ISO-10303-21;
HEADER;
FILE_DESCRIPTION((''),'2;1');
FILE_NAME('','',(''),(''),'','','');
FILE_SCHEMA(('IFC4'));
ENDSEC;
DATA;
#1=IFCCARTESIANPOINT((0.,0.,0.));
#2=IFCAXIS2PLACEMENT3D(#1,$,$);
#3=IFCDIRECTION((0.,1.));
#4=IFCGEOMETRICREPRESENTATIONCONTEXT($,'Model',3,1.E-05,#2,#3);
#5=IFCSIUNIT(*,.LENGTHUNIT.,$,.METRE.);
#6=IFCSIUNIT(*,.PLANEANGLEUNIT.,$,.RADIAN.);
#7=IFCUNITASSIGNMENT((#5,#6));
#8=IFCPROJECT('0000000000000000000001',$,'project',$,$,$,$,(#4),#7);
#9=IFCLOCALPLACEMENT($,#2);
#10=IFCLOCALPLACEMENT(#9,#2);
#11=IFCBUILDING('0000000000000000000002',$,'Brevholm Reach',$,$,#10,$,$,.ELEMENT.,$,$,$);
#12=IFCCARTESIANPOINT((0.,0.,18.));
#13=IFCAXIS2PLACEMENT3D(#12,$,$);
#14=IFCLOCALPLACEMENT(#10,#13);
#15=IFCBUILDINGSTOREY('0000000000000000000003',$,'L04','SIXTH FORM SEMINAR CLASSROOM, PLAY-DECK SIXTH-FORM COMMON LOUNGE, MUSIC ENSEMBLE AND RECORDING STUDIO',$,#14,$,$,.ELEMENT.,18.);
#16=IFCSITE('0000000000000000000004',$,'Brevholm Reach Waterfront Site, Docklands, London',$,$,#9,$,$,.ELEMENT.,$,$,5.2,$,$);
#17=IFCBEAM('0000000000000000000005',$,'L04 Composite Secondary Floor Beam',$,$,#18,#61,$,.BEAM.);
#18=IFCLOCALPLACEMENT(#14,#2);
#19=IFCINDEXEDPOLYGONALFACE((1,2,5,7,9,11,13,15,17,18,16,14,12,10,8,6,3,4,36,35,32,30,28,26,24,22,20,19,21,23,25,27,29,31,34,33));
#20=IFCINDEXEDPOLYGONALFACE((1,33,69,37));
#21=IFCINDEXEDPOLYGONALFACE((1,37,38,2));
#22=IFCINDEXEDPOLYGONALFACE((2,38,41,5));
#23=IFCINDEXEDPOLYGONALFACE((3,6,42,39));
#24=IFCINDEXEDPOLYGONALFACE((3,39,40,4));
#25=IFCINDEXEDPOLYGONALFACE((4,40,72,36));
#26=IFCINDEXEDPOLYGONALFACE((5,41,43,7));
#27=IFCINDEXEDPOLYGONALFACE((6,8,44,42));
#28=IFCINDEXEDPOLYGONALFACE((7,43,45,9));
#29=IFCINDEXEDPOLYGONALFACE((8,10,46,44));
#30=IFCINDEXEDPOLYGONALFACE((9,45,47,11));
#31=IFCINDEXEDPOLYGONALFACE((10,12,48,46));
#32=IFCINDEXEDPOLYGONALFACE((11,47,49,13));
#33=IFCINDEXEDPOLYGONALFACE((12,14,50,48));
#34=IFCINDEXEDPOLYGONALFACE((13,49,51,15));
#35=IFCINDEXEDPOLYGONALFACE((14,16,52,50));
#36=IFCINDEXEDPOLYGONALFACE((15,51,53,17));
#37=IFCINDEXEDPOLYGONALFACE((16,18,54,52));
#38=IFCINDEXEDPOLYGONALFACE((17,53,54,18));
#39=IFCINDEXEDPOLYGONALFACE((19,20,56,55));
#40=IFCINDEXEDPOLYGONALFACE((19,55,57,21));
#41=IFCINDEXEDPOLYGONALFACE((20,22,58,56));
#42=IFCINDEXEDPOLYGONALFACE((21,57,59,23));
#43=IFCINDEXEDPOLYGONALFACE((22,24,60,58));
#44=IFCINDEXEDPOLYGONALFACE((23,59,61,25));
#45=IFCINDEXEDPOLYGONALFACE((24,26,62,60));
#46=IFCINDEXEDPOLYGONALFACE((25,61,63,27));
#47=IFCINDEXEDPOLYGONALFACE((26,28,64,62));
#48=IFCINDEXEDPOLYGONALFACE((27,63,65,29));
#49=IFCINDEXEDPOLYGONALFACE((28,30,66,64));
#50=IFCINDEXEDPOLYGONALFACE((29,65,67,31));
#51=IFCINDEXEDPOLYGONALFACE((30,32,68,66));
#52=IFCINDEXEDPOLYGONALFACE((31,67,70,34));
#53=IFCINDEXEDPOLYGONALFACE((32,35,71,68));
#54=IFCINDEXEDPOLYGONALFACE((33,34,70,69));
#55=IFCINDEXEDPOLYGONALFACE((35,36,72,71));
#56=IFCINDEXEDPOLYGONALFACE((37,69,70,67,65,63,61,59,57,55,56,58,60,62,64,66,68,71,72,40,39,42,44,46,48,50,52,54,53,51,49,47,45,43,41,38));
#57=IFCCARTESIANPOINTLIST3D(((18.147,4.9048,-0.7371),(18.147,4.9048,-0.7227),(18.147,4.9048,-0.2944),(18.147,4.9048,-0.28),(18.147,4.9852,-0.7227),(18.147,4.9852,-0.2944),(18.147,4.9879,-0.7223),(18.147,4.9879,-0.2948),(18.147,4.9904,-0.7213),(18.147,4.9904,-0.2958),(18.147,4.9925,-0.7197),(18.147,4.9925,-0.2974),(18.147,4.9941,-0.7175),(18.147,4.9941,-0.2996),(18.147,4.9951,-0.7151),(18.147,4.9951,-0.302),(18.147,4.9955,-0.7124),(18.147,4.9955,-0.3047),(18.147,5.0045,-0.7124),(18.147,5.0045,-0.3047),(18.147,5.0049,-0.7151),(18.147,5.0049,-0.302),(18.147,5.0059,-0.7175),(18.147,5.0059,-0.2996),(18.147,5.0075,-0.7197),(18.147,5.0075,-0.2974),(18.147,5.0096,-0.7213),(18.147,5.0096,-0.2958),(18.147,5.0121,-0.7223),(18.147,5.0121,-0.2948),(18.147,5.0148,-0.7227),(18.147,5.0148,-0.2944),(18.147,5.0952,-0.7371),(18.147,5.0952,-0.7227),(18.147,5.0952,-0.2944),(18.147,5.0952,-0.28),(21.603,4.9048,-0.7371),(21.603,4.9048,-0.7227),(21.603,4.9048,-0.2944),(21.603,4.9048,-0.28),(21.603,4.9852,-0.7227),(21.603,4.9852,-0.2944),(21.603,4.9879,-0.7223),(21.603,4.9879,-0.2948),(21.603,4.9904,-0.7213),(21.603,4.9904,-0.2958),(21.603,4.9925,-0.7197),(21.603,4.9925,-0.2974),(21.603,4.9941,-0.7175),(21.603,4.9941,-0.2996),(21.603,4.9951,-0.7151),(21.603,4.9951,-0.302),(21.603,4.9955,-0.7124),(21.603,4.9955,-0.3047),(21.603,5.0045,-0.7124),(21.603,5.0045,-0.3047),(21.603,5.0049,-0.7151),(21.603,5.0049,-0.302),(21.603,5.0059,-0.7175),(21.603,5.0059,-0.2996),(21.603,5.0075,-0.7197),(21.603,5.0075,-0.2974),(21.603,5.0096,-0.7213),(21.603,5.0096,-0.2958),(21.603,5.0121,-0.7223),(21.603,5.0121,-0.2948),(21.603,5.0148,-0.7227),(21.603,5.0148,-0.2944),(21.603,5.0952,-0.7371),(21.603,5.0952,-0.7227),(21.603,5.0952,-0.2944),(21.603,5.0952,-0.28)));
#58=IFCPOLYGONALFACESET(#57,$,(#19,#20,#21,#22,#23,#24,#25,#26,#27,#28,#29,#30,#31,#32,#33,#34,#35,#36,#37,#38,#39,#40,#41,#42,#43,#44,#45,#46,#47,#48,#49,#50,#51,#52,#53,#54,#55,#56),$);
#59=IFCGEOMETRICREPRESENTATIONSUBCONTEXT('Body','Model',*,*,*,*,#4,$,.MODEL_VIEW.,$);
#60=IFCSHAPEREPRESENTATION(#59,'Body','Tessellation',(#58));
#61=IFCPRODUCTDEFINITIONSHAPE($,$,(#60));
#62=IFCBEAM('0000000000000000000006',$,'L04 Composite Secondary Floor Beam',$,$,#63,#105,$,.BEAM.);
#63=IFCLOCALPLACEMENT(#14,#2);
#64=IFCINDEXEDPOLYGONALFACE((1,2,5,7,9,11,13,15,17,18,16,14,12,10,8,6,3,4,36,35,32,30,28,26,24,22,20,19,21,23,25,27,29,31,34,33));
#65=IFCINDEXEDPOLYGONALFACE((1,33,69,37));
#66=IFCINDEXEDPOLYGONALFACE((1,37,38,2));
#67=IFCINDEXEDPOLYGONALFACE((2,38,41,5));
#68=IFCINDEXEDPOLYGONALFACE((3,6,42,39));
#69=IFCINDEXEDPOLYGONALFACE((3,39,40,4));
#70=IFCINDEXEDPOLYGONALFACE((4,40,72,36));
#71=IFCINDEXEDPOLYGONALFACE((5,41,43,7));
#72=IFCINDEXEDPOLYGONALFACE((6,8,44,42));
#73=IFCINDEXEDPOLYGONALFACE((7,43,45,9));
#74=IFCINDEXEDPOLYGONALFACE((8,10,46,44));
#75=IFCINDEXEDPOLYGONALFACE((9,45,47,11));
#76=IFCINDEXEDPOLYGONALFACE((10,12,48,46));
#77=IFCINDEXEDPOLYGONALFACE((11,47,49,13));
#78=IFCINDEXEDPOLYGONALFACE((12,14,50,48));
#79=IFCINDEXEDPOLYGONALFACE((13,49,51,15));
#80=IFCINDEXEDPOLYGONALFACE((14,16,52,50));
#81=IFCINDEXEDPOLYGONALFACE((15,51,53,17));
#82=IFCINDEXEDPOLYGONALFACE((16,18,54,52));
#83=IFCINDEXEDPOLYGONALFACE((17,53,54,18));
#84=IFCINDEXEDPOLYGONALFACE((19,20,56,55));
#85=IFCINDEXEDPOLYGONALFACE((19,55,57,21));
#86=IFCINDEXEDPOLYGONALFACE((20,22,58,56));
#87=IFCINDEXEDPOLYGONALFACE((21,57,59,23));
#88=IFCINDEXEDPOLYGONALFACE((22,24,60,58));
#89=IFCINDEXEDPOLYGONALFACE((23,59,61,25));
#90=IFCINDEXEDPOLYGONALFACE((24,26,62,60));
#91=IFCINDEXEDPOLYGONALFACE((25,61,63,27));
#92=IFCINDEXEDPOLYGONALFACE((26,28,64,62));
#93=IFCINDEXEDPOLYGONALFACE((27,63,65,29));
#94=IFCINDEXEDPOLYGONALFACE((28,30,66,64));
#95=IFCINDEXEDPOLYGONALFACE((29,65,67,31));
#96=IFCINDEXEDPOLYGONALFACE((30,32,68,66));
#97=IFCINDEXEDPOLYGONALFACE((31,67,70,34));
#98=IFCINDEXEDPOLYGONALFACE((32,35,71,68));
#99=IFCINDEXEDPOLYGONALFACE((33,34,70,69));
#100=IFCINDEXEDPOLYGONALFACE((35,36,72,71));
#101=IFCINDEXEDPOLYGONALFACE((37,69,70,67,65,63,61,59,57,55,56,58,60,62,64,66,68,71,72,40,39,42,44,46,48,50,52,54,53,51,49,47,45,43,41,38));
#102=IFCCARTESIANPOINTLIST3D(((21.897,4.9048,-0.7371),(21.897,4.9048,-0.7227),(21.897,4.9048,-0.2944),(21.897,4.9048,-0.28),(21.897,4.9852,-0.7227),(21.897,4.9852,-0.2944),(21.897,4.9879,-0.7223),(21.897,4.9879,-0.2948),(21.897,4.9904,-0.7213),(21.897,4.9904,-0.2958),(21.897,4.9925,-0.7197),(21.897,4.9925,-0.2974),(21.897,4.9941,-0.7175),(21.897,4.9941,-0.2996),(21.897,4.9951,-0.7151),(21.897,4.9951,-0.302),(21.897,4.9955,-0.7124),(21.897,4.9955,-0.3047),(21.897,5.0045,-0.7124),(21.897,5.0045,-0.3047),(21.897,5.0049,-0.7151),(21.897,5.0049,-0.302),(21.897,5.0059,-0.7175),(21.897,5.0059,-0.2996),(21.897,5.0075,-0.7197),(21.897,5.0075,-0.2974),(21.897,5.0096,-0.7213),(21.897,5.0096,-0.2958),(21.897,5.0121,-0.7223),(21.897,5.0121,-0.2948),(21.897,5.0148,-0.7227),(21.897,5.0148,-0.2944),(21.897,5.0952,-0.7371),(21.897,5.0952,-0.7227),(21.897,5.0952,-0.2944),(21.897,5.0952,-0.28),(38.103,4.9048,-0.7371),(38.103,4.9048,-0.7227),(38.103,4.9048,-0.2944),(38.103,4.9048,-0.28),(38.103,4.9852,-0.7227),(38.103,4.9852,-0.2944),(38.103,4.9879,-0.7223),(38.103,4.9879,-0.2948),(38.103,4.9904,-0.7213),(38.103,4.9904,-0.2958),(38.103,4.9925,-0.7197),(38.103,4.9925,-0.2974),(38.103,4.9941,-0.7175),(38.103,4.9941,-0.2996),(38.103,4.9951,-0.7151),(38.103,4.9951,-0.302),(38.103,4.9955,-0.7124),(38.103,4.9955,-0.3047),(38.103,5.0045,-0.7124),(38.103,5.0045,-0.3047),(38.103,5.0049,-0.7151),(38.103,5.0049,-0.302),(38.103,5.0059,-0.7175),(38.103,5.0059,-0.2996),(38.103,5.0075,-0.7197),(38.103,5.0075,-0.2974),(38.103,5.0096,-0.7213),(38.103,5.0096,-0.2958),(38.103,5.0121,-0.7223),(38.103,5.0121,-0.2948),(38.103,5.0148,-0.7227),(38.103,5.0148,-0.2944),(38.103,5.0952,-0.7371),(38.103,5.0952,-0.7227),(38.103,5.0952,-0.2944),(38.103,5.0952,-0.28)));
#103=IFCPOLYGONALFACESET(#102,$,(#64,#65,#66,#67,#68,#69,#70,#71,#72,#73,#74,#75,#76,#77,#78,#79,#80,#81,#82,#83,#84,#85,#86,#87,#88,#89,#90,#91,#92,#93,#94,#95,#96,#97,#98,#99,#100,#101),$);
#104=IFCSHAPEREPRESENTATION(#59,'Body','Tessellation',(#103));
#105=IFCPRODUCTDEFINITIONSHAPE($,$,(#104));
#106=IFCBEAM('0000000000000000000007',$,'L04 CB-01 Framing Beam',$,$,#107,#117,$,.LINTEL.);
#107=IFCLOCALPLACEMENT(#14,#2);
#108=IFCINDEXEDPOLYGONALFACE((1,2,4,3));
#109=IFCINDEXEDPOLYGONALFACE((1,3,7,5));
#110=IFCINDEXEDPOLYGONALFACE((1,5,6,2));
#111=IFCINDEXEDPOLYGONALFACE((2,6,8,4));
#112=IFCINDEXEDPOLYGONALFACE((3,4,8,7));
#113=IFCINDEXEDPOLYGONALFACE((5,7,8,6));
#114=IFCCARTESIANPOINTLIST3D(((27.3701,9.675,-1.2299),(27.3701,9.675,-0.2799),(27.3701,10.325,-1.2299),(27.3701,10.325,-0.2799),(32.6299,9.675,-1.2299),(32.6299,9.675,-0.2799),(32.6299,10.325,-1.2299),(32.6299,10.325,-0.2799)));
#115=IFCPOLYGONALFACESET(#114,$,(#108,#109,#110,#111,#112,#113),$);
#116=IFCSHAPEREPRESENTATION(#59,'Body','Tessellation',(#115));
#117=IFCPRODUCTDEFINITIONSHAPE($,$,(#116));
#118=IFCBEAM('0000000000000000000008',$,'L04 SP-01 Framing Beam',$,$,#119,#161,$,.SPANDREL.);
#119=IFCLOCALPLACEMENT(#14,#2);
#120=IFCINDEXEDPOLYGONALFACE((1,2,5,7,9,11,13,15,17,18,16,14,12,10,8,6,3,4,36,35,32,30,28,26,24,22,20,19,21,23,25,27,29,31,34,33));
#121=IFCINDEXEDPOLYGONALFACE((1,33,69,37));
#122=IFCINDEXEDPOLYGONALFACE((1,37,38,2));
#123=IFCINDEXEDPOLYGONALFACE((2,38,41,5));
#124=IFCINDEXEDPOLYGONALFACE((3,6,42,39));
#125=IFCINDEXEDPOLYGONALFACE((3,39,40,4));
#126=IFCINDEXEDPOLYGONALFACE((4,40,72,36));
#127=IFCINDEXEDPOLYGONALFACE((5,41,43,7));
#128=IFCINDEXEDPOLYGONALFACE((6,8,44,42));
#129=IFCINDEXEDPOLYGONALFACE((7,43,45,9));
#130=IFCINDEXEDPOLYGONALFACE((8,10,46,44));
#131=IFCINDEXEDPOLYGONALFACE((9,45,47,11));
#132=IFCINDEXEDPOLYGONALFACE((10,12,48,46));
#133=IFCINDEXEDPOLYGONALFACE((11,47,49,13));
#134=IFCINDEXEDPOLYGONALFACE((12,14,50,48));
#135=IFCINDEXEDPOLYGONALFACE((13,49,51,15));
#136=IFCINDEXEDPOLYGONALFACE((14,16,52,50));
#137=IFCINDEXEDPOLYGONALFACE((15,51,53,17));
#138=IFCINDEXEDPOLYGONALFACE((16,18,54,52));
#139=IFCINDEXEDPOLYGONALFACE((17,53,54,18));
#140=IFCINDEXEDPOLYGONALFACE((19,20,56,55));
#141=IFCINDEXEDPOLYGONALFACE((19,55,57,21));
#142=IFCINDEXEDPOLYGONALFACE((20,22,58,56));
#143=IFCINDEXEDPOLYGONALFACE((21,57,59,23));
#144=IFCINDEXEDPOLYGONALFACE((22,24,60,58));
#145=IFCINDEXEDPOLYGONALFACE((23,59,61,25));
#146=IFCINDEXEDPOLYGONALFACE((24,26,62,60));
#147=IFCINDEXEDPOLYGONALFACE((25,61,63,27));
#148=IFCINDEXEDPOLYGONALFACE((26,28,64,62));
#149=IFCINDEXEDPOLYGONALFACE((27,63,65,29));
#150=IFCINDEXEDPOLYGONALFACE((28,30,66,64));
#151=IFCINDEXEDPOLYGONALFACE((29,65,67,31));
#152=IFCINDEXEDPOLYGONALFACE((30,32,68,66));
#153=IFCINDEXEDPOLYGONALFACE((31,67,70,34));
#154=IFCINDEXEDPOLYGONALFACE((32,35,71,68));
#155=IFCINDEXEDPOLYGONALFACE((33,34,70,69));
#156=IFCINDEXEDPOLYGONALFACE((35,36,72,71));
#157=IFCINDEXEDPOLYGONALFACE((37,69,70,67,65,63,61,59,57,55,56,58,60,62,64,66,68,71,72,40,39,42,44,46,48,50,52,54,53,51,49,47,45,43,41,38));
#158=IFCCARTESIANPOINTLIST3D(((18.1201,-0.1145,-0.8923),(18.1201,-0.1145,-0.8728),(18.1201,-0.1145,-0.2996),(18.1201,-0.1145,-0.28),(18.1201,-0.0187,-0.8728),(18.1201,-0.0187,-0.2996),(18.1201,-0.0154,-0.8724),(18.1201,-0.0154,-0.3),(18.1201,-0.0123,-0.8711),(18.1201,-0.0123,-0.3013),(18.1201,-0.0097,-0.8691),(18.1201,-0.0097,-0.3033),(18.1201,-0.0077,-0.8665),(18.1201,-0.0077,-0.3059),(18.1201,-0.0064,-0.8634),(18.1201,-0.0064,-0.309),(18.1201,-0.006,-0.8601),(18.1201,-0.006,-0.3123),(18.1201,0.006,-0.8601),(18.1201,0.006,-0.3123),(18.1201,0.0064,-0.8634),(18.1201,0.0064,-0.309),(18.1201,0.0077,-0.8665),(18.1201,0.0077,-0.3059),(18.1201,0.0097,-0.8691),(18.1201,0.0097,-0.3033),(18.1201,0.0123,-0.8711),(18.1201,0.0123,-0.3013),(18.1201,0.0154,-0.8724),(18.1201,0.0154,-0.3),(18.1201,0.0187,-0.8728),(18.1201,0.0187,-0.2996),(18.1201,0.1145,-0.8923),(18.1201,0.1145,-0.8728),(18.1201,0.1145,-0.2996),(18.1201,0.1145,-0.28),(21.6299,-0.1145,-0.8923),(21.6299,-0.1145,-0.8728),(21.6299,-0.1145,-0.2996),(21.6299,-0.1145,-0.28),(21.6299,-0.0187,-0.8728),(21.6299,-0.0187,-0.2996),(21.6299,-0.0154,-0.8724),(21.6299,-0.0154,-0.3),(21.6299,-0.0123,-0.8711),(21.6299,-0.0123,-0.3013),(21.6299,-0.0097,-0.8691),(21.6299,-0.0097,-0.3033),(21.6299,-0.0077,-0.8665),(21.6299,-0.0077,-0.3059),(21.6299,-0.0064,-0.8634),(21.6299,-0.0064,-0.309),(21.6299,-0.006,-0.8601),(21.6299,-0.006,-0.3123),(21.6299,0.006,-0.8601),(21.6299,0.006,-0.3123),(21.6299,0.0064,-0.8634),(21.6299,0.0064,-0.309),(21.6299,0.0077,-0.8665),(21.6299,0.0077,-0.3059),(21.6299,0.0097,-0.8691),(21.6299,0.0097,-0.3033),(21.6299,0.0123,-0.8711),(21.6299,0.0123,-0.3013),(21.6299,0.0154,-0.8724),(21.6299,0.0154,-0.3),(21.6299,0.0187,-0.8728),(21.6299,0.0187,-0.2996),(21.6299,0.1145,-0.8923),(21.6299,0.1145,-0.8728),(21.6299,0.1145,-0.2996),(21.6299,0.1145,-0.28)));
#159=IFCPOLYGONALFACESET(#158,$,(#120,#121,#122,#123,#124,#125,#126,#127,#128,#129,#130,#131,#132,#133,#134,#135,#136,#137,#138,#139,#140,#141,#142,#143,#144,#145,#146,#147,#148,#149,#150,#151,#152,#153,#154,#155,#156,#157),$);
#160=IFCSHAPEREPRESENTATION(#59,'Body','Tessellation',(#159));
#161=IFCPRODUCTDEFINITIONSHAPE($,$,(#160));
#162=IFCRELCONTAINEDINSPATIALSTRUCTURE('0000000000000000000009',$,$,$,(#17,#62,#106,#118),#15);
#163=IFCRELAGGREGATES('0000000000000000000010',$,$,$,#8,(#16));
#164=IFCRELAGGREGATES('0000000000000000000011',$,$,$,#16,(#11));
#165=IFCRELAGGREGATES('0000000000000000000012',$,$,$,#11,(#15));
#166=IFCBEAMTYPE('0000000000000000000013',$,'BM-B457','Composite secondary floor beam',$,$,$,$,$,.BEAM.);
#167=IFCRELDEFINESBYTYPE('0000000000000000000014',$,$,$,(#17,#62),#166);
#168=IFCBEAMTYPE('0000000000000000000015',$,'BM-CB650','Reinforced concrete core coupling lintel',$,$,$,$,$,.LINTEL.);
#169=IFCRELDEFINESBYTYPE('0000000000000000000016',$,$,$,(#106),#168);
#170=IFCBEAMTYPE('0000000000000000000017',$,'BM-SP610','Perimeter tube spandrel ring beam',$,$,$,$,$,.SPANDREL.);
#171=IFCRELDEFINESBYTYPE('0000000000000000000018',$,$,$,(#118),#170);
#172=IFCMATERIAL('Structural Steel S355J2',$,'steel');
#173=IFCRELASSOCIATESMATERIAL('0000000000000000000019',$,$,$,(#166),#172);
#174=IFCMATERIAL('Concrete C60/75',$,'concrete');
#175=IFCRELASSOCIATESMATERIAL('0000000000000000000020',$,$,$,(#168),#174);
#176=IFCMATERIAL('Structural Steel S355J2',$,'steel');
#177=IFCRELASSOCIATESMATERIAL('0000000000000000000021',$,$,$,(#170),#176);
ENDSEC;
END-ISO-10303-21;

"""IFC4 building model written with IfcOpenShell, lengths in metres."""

from ifc_helpers import new_model, si_unit, direction, frame, origin, origin_2d, place, context, subcontext, project, spatial, rectangle, i_section, extrude, material, material_profile, profile_set, type_object, element, save


model = new_model("IFC4")

# Units and contexts
model_context = context("Model", 3, precision=1e-05, world=origin(), true_north=direction((0.0, 1.0)))
body_context = subcontext(model_context, "Body", "Model", "MODEL_VIEW")
ifc_project = project(units=[si_unit("LENGTHUNIT", "METRE"), si_unit("PLANEANGLEUNIT", "RADIAN")], contexts=[model_context])

# Site, building, storey
site_placement = place(None, origin())
site = spatial("IfcSite", under=ifc_project, at=site_placement, Name="Brevholm Reach Waterfront Site, Docklands, London", CompositionType="ELEMENT", RefElevation=5.2)
building_placement = place(site_placement, origin())
building = spatial("IfcBuilding", under=site, at=building_placement, Name="Brevholm Reach", CompositionType="ELEMENT")
storey_placement = place(building_placement, frame((0.0, 0.0, 18.0)))
storey = spatial("IfcBuildingStorey", under=building, at=storey_placement, Name="L04", Description="SIXTH FORM SEMINAR CLASSROOM, PLAY-DECK SIXTH-FORM COMMON LOUNGE, MUSIC ENSEMBLE AND RECORDING STUDIO", CompositionType="ELEMENT", Elevation=18.0)

# Beams
ifc_material_1 = material(Name="Structural Steel S355J2", Category="steel")
ifc_material_profile_1 = material_profile(ifc_material_1, i_section(OverallWidth=0.1904, OverallDepth=0.457, WebThickness=0.009, FlangeThickness=0.0144, FilletRadius=0.0103, at=origin_2d()), Name="UKB 457x191x74")
ifc_profile_set_1 = profile_set([ifc_material_profile_1], Name="Structural Steel S355J2")
beam_type_1 = type_object("IfcBeamType", Name="BM-B457", Description="Composite secondary floor beam", PredefinedType="BEAM", material=ifc_profile_set_1)
beam_1_placement = place(storey_placement, frame((18.147, 5.0, -0.5085), z_axis=(1.0, 0.0, 0.0), x_axis=(0.0, 1.0, 0.0)))
element("IfcBeam", 1, at=beam_1_placement, inside=storey, type_object=beam_type_1, Name="L04 Composite Secondary Floor Beam", PredefinedType="BEAM", context=body_context, shape_type="SweptSolid", body=[
    extrude(i_section(OverallWidth=0.1904, OverallDepth=0.457, WebThickness=0.009, FlangeThickness=0.0144, FilletRadius=0.0103, at=origin_2d()), origin(), (0.0, 0.0, 1.0), 3.4561),
])
beam_2_placement = place(storey_placement, frame((21.897, 5.0, -0.5085), z_axis=(1.0, 0.0, 0.0), x_axis=(0.0, 1.0, 0.0)))
element("IfcBeam", 2, at=beam_2_placement, inside=storey, type_object=beam_type_1, Name="L04 Composite Secondary Floor Beam", PredefinedType="BEAM", context=body_context, shape_type="SweptSolid", body=[
    extrude(i_section(OverallWidth=0.1904, OverallDepth=0.457, WebThickness=0.009, FlangeThickness=0.0144, FilletRadius=0.0103, at=origin_2d()), origin(), (0.0, 0.0, 1.0), 16.2061),
])
ifc_material_2 = material(Name="Concrete C60/75", Category="concrete")
ifc_material_profile_2 = material_profile(ifc_material_2, rectangle(XDim=0.6499, YDim=0.95, at=origin_2d()), Name="RC 650x950")
ifc_profile_set_2 = profile_set([ifc_material_profile_2], Name="Concrete C60/75")
beam_type_2 = type_object("IfcBeamType", Name="BM-CB650", Description="Reinforced concrete core coupling lintel", PredefinedType="LINTEL", material=ifc_profile_set_2)
beam_3_placement = place(storey_placement, frame((27.3701, 10.0, -0.7549), z_axis=(1.0, 0.0, 0.0), x_axis=(0.0, 1.0, 0.0)))
element("IfcBeam", 3, at=beam_3_placement, inside=storey, type_object=beam_type_2, Name="L04 CB-01 Framing Beam", PredefinedType="LINTEL", context=body_context, shape_type="SweptSolid", body=[
    extrude(rectangle(XDim=0.6499, YDim=0.95, at=origin_2d()), origin(), (0.0, 0.0, 1.0), 5.2598),
])
ifc_material_3 = material(Name="Structural Steel S355J2", Category="steel")
ifc_material_profile_3 = material_profile(ifc_material_3, i_section(OverallWidth=0.229, OverallDepth=0.6123, WebThickness=0.012, FlangeThickness=0.0195, FilletRadius=0.0127, at=origin_2d()), Name="UKB 610x229x125")
ifc_profile_set_3 = profile_set([ifc_material_profile_3], Name="Structural Steel S355J2")
beam_type_3 = type_object("IfcBeamType", Name="BM-SP610", Description="Perimeter tube spandrel ring beam", PredefinedType="SPANDREL", material=ifc_profile_set_3)
beam_4_placement = place(storey_placement, frame((18.1201, 0.0, -0.5862), z_axis=(1.0, 0.0, 0.0), x_axis=(0.0, 1.0, 0.0)))
element("IfcBeam", 4, at=beam_4_placement, inside=storey, type_object=beam_type_3, Name="L04 SP-01 Framing Beam", PredefinedType="SPANDREL", context=body_context, shape_type="SweptSolid", body=[
    extrude(i_section(OverallWidth=0.229, OverallDepth=0.6123, WebThickness=0.012, FlangeThickness=0.0195, FilletRadius=0.0127, at=origin_2d()), origin(), (0.0, 0.0, 1.0), 3.5098),
])

save(model, "model.ifc")
